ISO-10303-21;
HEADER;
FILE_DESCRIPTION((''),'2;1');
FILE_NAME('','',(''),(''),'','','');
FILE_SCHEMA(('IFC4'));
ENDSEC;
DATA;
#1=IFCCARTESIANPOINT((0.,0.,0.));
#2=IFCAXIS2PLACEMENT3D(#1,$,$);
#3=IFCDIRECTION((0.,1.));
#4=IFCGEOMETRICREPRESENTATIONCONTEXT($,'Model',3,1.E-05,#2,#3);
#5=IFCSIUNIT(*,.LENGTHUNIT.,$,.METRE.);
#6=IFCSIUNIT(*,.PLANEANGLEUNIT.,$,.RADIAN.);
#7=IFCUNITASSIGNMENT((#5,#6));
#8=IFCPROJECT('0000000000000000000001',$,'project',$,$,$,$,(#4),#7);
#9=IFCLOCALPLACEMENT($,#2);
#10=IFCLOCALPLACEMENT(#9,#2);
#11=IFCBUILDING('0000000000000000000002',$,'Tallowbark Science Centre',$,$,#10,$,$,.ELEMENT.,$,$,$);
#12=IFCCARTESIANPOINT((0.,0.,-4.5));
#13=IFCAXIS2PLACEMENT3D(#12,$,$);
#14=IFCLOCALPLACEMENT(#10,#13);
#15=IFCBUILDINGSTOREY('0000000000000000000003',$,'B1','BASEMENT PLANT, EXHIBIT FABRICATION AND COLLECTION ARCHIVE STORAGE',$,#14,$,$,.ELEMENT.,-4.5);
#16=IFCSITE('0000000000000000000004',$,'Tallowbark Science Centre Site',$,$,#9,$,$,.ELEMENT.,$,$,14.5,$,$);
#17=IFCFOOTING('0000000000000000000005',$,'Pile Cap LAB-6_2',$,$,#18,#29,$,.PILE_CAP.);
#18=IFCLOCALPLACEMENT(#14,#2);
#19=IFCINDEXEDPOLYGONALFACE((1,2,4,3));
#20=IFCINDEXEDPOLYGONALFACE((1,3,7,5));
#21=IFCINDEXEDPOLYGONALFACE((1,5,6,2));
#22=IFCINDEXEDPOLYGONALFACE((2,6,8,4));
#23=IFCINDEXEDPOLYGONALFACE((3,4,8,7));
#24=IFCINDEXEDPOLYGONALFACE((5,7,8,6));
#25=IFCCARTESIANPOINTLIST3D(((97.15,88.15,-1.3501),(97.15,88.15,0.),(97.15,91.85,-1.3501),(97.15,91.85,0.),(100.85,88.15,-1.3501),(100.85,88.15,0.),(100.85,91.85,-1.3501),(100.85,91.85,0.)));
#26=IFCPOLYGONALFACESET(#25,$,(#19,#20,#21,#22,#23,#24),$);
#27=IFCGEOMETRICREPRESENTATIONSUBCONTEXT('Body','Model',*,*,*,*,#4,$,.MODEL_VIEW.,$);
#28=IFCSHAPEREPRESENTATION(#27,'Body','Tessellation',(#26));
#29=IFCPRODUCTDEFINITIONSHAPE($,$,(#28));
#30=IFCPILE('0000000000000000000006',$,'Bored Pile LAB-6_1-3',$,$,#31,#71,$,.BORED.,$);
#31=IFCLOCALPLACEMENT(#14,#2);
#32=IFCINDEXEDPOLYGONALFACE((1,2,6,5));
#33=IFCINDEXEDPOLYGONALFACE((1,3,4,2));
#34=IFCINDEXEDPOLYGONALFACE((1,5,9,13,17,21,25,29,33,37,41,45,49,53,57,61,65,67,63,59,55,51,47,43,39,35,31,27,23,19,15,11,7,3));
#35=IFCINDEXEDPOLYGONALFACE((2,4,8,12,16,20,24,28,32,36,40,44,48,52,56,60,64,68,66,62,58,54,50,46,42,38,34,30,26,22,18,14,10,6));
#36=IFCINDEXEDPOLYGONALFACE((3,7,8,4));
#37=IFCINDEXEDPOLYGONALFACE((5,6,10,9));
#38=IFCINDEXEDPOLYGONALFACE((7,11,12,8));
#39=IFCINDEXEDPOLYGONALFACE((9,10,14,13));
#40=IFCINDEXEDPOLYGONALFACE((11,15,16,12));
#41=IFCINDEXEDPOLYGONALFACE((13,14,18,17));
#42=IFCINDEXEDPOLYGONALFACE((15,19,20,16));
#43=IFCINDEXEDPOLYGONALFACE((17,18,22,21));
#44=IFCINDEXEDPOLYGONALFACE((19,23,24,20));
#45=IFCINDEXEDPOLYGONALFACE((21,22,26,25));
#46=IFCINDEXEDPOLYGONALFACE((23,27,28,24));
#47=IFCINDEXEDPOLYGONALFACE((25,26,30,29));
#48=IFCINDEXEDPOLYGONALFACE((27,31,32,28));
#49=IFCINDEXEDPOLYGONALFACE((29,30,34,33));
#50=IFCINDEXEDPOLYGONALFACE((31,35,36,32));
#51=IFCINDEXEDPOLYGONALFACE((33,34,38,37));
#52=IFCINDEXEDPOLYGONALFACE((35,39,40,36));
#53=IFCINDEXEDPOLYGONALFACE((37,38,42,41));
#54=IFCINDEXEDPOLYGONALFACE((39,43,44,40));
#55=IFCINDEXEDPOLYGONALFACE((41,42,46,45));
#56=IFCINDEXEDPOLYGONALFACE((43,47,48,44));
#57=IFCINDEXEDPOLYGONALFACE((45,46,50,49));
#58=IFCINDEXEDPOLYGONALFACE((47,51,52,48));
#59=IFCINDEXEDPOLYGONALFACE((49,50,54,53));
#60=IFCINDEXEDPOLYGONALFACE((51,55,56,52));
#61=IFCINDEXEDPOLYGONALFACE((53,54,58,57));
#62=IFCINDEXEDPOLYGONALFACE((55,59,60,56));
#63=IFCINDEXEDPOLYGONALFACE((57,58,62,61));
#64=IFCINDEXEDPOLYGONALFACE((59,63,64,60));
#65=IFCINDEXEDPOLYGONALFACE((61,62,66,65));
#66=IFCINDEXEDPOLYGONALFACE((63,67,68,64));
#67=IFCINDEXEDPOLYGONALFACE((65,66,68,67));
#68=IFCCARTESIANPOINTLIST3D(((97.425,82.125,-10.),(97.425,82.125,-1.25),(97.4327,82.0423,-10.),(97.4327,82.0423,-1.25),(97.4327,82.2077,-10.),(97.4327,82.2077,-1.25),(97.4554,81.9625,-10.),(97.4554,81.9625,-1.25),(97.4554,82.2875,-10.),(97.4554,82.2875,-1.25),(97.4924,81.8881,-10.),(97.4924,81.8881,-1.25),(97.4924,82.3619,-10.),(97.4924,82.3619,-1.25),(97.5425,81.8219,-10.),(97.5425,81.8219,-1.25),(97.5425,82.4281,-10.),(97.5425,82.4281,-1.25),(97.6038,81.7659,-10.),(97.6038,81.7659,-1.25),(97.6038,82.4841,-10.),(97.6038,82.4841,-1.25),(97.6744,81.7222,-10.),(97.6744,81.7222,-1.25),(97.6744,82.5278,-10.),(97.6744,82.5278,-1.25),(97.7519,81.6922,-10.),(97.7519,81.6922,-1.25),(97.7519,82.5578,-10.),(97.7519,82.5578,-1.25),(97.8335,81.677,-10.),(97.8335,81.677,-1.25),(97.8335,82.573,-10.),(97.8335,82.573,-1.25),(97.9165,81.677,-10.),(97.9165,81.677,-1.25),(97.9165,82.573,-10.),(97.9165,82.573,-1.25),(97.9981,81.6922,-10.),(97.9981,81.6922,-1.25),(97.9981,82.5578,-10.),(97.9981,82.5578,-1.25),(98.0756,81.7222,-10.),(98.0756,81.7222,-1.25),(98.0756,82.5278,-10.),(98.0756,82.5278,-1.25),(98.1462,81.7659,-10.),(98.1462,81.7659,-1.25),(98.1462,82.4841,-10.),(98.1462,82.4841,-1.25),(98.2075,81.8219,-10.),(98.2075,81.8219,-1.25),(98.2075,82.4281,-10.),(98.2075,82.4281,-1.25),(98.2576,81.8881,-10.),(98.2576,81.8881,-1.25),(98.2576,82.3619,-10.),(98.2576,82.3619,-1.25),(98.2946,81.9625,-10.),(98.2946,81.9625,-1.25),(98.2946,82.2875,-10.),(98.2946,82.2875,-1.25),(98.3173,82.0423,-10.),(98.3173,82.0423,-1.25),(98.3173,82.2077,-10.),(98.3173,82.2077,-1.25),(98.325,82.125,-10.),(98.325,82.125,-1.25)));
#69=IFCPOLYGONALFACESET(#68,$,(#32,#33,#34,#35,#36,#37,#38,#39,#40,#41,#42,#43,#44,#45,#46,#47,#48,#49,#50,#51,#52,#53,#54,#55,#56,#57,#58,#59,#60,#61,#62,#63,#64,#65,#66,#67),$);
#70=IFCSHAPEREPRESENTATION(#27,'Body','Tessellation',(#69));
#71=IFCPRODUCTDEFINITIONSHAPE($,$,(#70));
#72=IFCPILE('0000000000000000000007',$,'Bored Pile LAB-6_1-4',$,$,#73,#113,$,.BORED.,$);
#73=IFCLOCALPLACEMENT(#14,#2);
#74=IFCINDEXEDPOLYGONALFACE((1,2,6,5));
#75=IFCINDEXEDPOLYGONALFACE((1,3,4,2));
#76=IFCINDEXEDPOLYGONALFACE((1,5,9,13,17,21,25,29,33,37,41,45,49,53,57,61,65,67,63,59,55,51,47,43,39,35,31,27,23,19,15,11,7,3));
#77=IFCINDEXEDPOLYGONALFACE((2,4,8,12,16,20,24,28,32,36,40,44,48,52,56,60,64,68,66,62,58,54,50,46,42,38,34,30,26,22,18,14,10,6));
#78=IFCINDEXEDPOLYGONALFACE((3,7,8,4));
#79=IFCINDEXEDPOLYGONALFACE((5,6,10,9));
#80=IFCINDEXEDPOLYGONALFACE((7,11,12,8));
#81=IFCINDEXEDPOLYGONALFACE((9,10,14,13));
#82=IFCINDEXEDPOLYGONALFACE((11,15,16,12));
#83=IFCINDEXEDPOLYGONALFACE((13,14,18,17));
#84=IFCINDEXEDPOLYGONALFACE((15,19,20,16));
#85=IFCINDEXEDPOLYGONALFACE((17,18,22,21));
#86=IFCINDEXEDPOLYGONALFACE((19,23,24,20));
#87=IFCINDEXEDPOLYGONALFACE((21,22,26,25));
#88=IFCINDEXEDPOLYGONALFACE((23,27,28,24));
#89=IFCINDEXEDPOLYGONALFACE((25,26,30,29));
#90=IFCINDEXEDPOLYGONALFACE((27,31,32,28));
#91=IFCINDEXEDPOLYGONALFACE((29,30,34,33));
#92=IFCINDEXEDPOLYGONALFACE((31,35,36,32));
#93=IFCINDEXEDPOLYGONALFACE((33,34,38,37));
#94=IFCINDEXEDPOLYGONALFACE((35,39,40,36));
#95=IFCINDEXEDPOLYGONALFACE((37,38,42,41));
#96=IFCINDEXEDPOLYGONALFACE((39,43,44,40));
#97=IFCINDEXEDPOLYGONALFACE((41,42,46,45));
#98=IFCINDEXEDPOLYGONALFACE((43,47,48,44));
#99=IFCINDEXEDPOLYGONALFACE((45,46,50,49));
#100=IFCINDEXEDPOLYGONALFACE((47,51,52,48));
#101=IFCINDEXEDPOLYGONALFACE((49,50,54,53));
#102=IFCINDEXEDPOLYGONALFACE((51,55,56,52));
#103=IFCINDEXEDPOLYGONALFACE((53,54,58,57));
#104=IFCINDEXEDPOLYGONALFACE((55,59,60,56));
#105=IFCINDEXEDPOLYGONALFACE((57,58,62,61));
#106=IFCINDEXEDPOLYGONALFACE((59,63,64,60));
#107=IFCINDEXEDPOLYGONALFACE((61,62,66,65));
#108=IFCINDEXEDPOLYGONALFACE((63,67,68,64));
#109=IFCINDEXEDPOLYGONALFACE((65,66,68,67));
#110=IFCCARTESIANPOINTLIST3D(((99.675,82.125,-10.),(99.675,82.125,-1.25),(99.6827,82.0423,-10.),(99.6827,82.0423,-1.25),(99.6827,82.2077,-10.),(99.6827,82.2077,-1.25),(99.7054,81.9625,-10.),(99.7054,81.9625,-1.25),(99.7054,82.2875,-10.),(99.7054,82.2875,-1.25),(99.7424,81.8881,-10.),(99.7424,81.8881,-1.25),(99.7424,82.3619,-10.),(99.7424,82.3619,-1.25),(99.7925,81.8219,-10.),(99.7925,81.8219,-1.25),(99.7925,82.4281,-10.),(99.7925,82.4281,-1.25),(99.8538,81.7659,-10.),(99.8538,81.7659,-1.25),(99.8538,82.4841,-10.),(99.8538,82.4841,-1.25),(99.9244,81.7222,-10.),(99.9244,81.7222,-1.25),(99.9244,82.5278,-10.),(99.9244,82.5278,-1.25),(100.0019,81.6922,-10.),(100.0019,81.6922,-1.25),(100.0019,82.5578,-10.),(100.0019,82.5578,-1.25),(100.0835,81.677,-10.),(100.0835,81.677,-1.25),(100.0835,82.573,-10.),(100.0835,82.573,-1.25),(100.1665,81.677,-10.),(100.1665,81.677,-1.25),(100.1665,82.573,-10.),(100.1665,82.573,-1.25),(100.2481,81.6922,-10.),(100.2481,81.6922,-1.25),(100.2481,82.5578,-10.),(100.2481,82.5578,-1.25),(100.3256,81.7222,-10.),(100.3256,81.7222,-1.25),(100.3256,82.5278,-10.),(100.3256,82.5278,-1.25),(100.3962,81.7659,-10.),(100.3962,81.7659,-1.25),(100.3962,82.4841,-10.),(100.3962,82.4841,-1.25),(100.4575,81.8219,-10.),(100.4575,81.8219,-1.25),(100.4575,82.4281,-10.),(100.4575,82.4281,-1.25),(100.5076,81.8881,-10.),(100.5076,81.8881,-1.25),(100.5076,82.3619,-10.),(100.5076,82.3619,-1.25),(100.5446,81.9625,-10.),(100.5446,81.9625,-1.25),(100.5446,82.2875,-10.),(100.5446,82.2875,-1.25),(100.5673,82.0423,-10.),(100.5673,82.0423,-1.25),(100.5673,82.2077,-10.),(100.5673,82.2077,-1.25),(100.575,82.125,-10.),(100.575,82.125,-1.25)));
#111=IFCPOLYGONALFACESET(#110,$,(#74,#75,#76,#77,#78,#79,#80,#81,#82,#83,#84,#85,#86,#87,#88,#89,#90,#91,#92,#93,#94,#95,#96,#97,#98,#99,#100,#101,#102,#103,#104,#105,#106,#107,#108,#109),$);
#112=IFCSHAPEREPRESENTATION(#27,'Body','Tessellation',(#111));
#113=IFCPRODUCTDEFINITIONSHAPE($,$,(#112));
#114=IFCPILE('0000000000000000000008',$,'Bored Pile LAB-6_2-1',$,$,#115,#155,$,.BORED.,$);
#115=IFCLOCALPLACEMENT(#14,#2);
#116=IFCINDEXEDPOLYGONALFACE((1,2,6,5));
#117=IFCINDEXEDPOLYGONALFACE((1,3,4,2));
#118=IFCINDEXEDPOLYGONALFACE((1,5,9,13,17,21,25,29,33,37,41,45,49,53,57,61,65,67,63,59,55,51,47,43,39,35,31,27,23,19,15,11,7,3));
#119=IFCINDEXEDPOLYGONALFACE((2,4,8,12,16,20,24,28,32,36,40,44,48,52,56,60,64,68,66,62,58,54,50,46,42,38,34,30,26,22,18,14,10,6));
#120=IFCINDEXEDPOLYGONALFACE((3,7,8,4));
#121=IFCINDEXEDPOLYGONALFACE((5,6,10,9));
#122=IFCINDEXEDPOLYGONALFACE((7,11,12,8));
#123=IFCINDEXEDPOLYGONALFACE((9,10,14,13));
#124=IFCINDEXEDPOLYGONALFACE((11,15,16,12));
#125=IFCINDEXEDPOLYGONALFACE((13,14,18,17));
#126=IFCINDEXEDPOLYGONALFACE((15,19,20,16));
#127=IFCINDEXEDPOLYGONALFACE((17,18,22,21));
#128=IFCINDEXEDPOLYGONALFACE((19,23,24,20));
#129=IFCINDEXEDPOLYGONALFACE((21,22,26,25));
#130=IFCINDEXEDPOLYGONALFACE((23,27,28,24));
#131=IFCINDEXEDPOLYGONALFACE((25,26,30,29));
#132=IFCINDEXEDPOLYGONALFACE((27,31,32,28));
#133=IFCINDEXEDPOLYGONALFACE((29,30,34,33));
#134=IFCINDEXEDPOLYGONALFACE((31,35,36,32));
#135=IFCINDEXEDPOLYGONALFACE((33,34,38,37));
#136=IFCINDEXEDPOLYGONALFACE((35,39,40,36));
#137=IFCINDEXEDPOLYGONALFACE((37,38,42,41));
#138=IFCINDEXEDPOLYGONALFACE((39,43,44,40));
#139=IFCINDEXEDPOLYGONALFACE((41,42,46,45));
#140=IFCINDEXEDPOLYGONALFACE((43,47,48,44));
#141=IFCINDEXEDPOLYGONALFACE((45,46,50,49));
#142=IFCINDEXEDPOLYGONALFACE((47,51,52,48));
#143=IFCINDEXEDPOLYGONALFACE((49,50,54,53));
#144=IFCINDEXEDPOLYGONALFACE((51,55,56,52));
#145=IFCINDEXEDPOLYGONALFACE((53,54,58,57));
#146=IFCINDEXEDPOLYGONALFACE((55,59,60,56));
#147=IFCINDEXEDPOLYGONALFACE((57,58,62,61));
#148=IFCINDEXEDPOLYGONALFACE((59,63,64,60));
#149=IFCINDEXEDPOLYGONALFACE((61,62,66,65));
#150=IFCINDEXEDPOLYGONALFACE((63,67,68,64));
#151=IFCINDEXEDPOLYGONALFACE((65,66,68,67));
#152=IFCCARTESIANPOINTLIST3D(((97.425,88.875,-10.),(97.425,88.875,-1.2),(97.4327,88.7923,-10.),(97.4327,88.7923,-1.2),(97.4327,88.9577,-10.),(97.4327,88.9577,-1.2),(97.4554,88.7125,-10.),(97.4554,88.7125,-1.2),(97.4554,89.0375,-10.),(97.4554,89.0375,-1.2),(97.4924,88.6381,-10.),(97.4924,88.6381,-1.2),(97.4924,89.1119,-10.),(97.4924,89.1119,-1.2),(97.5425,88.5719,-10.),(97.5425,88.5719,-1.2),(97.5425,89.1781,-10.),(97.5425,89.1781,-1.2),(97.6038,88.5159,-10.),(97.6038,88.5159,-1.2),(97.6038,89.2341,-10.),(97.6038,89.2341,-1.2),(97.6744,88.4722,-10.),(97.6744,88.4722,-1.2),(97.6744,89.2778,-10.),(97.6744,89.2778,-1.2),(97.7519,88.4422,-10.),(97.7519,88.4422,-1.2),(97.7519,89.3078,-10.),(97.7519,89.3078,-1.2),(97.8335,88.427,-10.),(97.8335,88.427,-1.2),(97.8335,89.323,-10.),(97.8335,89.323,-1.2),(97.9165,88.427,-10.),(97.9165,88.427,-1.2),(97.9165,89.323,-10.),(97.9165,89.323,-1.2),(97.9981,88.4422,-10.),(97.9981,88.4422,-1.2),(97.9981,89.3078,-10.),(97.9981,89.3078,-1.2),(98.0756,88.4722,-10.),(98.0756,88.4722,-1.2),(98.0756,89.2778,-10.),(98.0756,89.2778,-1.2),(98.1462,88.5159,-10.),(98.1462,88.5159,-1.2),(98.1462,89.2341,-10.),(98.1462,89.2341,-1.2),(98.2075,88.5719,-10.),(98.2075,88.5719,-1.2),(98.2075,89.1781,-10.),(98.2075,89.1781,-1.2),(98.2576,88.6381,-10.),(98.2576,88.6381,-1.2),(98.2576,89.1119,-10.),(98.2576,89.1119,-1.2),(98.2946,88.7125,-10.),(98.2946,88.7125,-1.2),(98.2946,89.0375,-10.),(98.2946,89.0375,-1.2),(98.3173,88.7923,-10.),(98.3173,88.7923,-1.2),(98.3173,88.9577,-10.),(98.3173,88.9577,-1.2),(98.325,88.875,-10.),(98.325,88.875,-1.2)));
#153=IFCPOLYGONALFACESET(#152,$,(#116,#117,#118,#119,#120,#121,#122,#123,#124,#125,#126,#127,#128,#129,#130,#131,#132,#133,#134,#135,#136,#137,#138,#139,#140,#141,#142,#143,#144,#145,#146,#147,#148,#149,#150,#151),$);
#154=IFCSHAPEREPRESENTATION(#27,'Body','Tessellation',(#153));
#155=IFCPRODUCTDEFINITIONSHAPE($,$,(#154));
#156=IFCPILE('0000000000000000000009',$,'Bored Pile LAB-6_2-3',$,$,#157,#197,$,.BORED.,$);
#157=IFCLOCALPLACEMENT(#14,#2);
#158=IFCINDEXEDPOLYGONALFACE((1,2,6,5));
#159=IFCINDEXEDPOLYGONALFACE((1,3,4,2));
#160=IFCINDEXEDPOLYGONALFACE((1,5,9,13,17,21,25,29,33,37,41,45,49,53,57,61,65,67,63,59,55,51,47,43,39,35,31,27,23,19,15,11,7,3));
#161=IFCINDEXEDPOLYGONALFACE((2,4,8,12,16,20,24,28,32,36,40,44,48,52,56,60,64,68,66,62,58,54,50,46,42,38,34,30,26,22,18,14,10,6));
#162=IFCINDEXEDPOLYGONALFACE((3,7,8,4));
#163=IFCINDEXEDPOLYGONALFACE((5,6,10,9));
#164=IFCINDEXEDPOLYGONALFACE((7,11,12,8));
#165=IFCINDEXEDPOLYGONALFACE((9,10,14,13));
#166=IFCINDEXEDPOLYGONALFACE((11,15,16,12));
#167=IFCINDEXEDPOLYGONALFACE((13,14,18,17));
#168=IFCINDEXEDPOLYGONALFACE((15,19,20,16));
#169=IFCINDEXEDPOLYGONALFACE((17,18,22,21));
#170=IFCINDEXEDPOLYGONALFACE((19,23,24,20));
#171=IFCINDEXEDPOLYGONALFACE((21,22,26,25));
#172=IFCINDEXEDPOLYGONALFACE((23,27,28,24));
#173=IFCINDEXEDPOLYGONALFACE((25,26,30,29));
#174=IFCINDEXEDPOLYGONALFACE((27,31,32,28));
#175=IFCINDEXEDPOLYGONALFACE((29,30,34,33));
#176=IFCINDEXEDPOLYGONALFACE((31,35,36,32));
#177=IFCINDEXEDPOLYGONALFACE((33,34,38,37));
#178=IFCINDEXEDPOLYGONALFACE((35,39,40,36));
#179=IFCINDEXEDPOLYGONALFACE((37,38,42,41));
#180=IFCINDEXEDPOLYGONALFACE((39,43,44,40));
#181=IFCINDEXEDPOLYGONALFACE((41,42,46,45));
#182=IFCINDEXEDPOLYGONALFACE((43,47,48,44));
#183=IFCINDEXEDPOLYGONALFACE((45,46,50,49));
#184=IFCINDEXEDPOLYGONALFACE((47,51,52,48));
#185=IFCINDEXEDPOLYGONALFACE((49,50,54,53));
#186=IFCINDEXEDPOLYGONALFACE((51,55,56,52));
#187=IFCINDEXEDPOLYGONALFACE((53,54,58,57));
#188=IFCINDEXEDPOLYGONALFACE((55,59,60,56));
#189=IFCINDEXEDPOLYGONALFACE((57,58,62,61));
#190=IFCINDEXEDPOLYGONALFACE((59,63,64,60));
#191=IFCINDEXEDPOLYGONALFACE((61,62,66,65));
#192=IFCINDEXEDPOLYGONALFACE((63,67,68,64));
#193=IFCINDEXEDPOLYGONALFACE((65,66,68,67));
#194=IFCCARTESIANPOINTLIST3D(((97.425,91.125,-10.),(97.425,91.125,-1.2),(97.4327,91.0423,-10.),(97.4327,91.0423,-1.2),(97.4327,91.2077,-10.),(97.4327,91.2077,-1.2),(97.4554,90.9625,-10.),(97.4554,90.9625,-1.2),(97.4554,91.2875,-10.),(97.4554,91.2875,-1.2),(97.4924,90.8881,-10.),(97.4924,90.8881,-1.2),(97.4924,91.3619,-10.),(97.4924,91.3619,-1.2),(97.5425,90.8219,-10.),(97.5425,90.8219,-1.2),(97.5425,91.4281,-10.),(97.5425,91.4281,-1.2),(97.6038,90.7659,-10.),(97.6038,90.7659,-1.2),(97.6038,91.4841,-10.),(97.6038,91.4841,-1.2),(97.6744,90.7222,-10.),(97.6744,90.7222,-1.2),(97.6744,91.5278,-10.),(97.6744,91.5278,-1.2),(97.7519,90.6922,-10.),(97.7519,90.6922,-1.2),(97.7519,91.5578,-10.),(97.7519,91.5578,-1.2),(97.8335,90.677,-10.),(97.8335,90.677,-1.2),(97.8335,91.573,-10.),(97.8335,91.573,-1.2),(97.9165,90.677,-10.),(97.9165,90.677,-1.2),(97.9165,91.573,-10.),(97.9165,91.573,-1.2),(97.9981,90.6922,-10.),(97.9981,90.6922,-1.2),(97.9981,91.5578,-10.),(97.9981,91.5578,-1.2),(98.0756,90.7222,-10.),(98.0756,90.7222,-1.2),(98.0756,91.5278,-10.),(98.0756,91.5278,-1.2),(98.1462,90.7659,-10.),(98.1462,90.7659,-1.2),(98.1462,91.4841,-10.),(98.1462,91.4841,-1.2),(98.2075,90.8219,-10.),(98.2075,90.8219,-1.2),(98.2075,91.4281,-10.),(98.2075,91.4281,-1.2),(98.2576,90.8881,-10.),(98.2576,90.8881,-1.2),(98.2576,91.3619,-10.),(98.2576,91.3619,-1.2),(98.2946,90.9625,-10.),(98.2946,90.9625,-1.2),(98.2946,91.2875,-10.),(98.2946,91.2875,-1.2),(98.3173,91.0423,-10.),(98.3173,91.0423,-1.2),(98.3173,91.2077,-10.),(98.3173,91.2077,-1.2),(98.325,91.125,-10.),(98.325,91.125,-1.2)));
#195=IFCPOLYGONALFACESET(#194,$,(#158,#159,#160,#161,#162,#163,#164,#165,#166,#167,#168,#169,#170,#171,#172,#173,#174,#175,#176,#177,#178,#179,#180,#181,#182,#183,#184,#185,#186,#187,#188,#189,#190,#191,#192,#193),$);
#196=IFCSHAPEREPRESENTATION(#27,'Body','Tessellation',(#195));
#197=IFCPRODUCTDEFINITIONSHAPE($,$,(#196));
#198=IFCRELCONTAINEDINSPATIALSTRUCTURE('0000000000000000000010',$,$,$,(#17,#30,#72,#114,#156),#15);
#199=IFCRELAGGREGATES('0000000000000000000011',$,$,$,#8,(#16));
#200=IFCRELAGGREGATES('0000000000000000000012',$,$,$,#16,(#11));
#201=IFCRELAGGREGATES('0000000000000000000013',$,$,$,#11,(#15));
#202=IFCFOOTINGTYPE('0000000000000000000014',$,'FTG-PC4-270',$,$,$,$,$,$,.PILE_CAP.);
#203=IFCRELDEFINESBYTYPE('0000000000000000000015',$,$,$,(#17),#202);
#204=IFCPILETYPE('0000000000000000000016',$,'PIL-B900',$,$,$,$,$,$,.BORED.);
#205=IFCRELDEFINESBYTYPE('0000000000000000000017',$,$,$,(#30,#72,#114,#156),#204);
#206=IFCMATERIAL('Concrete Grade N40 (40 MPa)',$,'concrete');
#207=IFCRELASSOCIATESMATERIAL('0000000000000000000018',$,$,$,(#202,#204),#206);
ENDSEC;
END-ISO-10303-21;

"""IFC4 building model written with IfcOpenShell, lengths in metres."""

from ifc_helpers import new_model, si_unit, direction, frame, origin, origin_2d, place, context, subcontext, project, spatial, rectangle, circle, extrude, material, material_profile, profile_set, type_object, element, save


model = new_model("IFC4")

# Units and contexts
model_context = context("Model", 3, precision=1e-05, world=origin(), true_north=direction((0.0, 1.0)))
body_context = subcontext(model_context, "Body", "Model", "MODEL_VIEW")
ifc_project = project(units=[si_unit("LENGTHUNIT", "METRE"), si_unit("PLANEANGLEUNIT", "RADIAN")], contexts=[model_context])

# Site, building, storey
site_placement = place(None, origin())
site = spatial("IfcSite", under=ifc_project, at=site_placement, Name="Tallowbark Science Centre Site", CompositionType="ELEMENT", RefElevation=14.5)
building_placement = place(site_placement, origin())
building = spatial("IfcBuilding", under=site, at=building_placement, Name="Tallowbark Science Centre", CompositionType="ELEMENT")
storey_placement = place(building_placement, frame((0.0, 0.0, -4.5)))
storey = spatial("IfcBuildingStorey", under=building, at=storey_placement, Name="B1", Description="BASEMENT PLANT, EXHIBIT FABRICATION AND COLLECTION ARCHIVE STORAGE", CompositionType="ELEMENT", Elevation=-4.5)

# Footing
ifc_material_1 = material(Name="Concrete Grade N40 (40 MPa)", Category="concrete")
footing_type = type_object("IfcFootingType", Name="FTG-PC4-270", PredefinedType="PILE_CAP", material=ifc_material_1)
footing_placement = place(storey_placement, frame((99.0, 90.0, -1.3501), z_axis=(0.0, 0.0, 1.0), x_axis=(1.0, 0.0, 0.0)))
element("IfcFooting", 1, at=footing_placement, inside=storey, type_object=footing_type, Name="Pile Cap LAB-6_2", PredefinedType="PILE_CAP", context=body_context, shape_type="SweptSolid", body=[
    extrude(rectangle(XDim=3.7, YDim=3.7, at=origin_2d()), origin(), (0.0, 0.0, 1.0), 1.3501),
])

# Piles
ifc_material_profile_1 = material_profile(ifc_material_1, circle(Radius=0.45, at=origin_2d()), Name="PILE900")
ifc_profile_set_1 = profile_set([ifc_material_profile_1], Name="Concrete Grade N40 (40 MPa)")
pile_type = type_object("IfcPileType", Name="PIL-B900", PredefinedType="BORED", material=ifc_profile_set_1)
for number, where, z_axis, x_axis, name in (
    (2, (97.875, 82.125, -1.25), (0.0, 0.0, -1.0), (1.0, 0.0, 0.0), "Bored Pile LAB-6_1-3"),
    (3, (100.125, 82.125, -1.25), (0.0, 0.0, -1.0), (1.0, 0.0, 0.0), "Bored Pile LAB-6_1-4"),
):
    element("IfcPile", number, at=place(storey_placement, frame(where, z_axis=z_axis, x_axis=x_axis)), inside=storey, type_object=pile_type, Name=name, PredefinedType="BORED", context=body_context, shape_type="SweptSolid", body=[
        extrude(circle(Radius=0.45, at=origin_2d()), origin(), (0.0, 0.0, 1.0), 8.75),
    ])
for number, where, z_axis, x_axis, name in (
    (4, (97.875, 88.875, -1.2), (0.0, 0.0, -1.0), (1.0, 0.0, 0.0), "Bored Pile LAB-6_2-1"),
    (5, (97.875, 91.125, -1.2), (0.0, 0.0, -1.0), (1.0, 0.0, 0.0), "Bored Pile LAB-6_2-3"),
):
    element("IfcPile", number, at=place(storey_placement, frame(where, z_axis=z_axis, x_axis=x_axis)), inside=storey, type_object=pile_type, Name=name, PredefinedType="BORED", context=body_context, shape_type="SweptSolid", body=[
        extrude(circle(Radius=0.45, at=origin_2d()), origin(), (0.0, 0.0, 1.0), 8.8),
    ])

save(model, "model.ifc")
